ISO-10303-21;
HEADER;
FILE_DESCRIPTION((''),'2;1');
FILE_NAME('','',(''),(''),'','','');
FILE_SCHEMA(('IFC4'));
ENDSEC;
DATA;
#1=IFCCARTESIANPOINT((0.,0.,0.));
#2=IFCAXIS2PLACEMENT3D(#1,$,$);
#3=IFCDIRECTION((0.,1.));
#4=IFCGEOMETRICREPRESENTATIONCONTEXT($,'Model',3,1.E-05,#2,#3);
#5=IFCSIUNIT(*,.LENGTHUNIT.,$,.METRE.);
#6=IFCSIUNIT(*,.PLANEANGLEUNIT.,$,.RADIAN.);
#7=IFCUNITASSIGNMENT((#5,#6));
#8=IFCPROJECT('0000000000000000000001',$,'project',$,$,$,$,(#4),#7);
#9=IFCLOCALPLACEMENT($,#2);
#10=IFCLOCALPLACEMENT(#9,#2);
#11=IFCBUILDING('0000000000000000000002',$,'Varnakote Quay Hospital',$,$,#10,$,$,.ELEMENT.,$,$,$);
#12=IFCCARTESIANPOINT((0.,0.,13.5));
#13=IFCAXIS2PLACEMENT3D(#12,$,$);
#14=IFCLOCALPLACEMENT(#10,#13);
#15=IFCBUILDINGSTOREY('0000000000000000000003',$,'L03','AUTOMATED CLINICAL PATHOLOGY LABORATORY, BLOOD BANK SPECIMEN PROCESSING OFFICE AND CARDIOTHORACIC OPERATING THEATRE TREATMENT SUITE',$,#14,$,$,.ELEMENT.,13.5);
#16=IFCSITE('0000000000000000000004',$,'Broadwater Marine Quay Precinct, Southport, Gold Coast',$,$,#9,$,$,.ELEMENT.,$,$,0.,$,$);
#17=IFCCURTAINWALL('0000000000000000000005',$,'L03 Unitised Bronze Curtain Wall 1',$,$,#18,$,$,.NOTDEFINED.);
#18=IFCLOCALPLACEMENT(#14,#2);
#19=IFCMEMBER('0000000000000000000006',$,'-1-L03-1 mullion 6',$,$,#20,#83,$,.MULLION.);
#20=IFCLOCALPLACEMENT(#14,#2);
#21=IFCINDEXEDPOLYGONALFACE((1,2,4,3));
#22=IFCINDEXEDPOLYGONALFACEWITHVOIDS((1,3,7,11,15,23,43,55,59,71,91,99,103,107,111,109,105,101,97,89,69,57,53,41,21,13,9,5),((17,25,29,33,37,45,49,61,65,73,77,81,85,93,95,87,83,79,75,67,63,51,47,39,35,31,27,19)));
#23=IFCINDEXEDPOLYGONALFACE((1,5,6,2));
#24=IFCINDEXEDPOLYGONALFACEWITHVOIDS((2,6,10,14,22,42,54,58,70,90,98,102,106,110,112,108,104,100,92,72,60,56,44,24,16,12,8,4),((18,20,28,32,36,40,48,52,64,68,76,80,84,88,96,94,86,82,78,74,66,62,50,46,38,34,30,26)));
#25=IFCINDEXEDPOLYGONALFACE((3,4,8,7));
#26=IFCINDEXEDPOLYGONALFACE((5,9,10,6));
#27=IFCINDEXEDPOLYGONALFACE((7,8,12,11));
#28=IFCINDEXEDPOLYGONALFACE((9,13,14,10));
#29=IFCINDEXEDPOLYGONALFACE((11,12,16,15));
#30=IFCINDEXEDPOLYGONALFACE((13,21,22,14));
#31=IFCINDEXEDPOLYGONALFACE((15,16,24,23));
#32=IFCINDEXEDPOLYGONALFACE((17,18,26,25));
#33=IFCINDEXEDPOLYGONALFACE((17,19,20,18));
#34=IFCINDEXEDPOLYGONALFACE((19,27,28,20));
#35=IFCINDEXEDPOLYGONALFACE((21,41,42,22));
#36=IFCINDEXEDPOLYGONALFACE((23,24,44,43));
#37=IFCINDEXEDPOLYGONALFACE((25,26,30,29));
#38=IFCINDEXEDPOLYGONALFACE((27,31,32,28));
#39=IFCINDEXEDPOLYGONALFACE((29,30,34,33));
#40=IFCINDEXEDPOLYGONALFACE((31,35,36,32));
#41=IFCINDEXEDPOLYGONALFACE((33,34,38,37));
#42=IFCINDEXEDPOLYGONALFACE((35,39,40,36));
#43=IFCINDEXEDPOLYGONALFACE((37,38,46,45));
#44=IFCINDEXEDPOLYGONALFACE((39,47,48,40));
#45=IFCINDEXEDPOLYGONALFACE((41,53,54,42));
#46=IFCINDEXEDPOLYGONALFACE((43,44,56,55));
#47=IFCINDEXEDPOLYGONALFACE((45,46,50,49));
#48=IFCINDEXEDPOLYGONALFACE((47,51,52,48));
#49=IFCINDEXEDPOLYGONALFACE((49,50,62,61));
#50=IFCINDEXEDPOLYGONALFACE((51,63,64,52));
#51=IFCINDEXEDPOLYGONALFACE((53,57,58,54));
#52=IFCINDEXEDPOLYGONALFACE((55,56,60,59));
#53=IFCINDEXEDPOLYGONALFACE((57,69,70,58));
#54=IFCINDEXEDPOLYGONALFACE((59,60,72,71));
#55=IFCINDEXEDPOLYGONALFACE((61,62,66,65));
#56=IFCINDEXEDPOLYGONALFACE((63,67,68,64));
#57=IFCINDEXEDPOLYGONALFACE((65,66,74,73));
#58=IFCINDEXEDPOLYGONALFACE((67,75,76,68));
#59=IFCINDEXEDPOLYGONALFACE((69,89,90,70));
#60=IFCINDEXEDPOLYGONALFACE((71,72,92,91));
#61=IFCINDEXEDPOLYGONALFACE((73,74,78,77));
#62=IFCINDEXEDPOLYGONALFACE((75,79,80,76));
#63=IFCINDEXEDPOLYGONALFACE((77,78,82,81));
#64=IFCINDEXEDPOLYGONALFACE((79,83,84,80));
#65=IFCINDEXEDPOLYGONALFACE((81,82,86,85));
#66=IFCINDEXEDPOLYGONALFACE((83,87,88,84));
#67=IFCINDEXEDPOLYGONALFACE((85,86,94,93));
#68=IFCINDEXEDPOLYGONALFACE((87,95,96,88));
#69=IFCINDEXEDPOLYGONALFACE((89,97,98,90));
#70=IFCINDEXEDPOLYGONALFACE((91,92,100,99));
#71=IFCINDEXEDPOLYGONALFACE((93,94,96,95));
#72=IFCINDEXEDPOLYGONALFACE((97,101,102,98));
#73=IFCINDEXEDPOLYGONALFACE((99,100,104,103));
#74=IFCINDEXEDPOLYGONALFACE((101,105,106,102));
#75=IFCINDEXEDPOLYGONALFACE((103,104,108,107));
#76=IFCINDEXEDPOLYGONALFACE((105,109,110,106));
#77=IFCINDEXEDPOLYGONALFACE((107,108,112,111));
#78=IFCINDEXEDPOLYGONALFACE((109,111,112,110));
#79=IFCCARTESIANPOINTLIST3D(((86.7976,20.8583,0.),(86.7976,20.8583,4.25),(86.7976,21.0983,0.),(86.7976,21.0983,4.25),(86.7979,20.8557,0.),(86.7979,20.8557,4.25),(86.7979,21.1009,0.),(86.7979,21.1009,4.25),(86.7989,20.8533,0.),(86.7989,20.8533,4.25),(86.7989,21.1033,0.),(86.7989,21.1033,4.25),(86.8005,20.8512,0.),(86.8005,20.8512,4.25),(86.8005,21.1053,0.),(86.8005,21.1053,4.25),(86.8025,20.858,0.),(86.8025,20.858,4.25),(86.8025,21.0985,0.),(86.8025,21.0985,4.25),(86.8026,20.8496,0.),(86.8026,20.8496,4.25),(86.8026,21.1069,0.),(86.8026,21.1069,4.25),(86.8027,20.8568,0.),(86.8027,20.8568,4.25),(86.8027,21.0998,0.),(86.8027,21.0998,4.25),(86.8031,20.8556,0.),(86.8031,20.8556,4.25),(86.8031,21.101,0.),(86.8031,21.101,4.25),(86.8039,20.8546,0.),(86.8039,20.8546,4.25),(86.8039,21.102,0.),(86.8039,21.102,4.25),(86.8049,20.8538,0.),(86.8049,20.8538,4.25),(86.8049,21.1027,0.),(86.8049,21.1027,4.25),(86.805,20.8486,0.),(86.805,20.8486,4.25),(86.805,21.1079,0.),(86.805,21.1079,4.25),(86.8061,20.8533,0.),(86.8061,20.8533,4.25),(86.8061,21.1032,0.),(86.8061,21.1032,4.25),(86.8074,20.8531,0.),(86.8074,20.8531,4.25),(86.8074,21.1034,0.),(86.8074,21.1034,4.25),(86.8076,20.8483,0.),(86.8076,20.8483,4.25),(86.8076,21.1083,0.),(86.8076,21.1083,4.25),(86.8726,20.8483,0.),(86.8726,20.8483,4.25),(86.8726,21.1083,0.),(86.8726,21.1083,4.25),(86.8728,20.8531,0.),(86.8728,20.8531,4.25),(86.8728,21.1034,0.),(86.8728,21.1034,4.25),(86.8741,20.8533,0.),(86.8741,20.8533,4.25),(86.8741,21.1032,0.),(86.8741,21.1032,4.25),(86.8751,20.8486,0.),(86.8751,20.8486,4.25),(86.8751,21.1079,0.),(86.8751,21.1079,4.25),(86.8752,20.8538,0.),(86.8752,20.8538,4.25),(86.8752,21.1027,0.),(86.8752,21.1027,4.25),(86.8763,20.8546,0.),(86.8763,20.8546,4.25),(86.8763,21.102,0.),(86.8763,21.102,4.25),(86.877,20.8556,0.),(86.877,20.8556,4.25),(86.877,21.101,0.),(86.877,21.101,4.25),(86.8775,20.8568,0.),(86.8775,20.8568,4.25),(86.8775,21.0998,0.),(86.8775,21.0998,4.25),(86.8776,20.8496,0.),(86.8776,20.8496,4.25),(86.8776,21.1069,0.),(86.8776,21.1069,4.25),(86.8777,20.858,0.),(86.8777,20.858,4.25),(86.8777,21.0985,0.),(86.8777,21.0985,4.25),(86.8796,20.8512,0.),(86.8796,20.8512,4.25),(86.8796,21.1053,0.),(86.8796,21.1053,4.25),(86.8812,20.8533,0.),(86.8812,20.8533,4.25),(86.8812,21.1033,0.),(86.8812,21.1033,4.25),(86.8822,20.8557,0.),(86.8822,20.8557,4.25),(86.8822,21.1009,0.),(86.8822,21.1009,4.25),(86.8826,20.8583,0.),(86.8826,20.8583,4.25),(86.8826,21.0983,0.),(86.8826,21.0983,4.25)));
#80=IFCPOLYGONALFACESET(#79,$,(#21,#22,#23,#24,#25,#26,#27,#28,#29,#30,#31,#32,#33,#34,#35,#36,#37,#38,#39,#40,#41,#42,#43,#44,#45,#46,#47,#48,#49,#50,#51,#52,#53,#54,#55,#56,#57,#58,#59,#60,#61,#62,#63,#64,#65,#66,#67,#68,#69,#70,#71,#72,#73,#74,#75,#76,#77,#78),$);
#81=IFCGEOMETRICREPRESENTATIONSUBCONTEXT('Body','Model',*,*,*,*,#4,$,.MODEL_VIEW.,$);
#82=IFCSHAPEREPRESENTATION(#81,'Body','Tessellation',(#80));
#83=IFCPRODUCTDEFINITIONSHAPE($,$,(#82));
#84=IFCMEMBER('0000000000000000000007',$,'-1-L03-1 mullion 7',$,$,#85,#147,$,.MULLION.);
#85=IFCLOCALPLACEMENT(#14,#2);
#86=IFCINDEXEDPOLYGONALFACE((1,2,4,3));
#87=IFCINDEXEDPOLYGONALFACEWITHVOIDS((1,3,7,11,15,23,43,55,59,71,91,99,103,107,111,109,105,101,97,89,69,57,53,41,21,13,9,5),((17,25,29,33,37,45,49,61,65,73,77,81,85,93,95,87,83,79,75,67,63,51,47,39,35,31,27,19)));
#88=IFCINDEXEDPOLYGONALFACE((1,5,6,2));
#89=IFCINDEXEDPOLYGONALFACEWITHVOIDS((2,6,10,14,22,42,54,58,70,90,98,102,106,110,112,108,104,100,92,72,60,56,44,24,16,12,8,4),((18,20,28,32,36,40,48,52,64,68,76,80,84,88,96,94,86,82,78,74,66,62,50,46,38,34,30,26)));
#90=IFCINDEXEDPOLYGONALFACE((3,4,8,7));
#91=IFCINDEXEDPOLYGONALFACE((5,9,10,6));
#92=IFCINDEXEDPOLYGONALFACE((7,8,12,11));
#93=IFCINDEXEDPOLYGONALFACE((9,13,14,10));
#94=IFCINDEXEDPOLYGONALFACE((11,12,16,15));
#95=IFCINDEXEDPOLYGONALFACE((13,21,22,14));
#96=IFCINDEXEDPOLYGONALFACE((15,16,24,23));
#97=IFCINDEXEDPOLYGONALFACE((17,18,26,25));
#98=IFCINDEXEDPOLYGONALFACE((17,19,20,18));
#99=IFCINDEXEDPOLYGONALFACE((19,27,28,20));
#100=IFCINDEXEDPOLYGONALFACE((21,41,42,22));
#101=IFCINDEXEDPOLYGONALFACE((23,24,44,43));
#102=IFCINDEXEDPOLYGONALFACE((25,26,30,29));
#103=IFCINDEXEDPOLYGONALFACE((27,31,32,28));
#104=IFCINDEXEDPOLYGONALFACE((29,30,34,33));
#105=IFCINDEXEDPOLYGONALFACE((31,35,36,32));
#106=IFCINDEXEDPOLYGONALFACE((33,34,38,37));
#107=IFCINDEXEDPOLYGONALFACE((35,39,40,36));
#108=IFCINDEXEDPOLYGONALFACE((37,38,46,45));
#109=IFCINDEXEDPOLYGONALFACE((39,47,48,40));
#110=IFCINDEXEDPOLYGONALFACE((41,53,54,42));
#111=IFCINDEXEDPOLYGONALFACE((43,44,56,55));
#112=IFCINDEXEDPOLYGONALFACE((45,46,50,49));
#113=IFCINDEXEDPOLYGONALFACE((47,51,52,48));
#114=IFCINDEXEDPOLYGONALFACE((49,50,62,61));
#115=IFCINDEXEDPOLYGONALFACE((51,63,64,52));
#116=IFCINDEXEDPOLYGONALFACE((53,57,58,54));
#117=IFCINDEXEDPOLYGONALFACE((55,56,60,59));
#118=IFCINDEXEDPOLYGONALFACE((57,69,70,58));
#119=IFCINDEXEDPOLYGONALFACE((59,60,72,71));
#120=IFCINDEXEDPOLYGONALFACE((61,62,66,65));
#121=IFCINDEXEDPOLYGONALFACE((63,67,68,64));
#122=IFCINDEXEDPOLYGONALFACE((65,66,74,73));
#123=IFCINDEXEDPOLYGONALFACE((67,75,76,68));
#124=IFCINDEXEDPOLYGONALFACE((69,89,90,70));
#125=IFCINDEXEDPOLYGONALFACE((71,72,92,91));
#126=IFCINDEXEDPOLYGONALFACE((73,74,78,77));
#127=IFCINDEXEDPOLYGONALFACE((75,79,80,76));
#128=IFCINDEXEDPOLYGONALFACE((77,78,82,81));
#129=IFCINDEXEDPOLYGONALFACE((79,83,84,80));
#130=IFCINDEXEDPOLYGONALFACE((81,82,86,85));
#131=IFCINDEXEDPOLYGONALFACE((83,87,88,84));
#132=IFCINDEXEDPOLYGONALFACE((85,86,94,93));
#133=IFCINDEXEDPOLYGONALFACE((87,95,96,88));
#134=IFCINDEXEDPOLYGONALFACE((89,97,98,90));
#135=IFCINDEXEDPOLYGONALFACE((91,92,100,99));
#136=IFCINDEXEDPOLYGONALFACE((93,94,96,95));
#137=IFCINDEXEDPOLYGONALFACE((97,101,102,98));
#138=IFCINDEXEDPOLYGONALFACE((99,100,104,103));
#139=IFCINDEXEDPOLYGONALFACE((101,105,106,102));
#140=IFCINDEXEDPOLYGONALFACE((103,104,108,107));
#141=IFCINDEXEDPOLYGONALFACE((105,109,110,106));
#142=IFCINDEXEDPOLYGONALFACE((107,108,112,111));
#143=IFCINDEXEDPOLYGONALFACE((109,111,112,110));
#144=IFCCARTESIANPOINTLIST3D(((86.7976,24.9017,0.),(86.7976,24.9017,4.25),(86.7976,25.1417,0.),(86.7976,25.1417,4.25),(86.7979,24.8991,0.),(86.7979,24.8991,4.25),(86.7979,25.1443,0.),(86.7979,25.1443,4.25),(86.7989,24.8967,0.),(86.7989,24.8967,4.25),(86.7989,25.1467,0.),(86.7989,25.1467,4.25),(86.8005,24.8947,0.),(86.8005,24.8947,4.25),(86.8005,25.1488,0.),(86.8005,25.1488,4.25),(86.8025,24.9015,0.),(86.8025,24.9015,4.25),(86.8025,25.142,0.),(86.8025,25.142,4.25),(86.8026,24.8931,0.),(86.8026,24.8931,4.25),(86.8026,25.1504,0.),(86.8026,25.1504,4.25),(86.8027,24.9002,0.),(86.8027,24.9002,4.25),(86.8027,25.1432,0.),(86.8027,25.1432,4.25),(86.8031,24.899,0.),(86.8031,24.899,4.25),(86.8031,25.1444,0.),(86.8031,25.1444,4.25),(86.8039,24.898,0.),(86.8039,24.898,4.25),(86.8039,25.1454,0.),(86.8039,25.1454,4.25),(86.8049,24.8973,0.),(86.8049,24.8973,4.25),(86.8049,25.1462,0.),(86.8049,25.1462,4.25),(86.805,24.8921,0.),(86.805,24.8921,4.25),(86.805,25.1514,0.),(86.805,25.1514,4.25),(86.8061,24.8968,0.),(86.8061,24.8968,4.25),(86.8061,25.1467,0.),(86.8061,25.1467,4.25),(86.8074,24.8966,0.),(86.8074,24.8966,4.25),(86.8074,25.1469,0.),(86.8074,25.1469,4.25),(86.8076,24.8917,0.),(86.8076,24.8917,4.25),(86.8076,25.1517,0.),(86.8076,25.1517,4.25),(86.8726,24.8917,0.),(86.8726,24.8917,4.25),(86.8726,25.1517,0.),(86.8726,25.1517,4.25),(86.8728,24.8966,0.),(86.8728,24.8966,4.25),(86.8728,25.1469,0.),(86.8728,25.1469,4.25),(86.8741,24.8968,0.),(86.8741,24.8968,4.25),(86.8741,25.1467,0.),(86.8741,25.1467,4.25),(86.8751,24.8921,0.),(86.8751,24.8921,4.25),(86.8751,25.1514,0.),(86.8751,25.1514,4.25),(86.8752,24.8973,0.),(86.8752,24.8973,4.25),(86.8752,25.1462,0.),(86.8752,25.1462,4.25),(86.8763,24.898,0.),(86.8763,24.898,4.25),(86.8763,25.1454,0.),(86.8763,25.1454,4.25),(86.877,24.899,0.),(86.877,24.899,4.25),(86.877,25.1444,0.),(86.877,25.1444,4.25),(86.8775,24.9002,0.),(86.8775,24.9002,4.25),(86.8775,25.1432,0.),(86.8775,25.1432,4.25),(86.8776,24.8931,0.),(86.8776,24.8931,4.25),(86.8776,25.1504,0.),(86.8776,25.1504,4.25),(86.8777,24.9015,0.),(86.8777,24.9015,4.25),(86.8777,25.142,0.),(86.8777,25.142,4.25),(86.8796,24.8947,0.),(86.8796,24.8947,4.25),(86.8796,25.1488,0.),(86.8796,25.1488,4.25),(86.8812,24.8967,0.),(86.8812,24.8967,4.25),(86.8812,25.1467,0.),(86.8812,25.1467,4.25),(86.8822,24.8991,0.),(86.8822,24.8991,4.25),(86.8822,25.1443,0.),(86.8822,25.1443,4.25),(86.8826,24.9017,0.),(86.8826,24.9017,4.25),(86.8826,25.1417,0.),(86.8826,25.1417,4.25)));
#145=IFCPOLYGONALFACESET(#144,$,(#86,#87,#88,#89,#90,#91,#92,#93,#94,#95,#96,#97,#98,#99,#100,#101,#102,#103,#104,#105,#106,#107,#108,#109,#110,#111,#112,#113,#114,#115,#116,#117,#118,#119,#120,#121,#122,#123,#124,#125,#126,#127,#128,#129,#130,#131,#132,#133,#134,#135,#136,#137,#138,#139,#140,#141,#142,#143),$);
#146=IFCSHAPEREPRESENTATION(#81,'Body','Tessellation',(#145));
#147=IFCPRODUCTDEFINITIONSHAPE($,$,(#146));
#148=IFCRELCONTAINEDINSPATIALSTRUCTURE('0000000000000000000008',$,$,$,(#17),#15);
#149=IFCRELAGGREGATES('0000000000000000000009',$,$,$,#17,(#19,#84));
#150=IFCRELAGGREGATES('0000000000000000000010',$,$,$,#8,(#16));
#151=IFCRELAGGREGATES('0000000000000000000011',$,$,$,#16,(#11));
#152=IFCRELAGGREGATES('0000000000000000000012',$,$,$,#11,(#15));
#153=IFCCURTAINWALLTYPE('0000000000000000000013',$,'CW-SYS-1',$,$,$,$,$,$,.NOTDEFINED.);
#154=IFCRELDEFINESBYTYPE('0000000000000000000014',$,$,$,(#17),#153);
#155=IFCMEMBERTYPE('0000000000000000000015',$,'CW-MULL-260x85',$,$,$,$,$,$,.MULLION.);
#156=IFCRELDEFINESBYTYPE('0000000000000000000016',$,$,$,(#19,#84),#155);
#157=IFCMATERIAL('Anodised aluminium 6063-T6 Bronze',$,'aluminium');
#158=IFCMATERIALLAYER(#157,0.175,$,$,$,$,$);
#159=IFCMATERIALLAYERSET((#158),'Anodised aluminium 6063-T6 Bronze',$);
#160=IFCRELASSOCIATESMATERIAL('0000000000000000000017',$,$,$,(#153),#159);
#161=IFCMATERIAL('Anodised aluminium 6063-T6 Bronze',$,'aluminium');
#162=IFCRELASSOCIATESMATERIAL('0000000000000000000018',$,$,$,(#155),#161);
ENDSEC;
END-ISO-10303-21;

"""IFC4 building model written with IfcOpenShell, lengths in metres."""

from ifc_helpers import new_model, si_unit, direction, frame, origin, origin_2d, place, context, subcontext, project, spatial, hollow_rectangle, extrude, material, layer, layer_set, material_profile, profile_set, type_object, element, aggregate, save


model = new_model("IFC4")

# Units and contexts
model_context = context("Model", 3, precision=1e-05, world=origin(), true_north=direction((0.0, 1.0)))
body_context = subcontext(model_context, "Body", "Model", "MODEL_VIEW")
ifc_project = project(units=[si_unit("LENGTHUNIT", "METRE"), si_unit("PLANEANGLEUNIT", "RADIAN")], contexts=[model_context])

# Site, building, storey
site_placement = place(None, origin())
site = spatial("IfcSite", under=ifc_project, at=site_placement, Name="Broadwater Marine Quay Precinct, Southport, Gold Coast", CompositionType="ELEMENT", RefElevation=0.0)
building_placement = place(site_placement, origin())
building = spatial("IfcBuilding", under=site, at=building_placement, Name="Varnakote Quay Hospital", CompositionType="ELEMENT")
storey_placement = place(building_placement, frame((0.0, 0.0, 13.5)))
storey = spatial("IfcBuildingStorey", under=building, at=storey_placement, Name="L03", Description="AUTOMATED CLINICAL PATHOLOGY LABORATORY, BLOOD BANK SPECIMEN PROCESSING OFFICE AND CARDIOTHORACIC OPERATING THEATRE TREATMENT SUITE", CompositionType="ELEMENT", Elevation=13.5)

# Curtain wall, members
ifc_material_1 = material(Name="Anodised aluminium 6063-T6 Bronze", Category="aluminium")
ifc_layer_1 = layer(ifc_material_1, 0.175)
ifc_layer_set_1 = layer_set([ifc_layer_1], Name="Anodised aluminium 6063-T6 Bronze")
curtain_wall_type = type_object("IfcCurtainWallType", Name="CW-SYS-1", PredefinedType="NOTDEFINED", material=ifc_layer_set_1)
curtain_wall_placement = place(storey_placement, origin())
curtain_wall = element("IfcCurtainWall", 1, at=curtain_wall_placement, inside=storey, type_object=curtain_wall_type, Name="L03 Unitised Bronze Curtain Wall 1", PredefinedType="NOTDEFINED")
ifc_material_2 = material(Name="Anodised aluminium 6063-T6 Bronze", Category="aluminium")
ifc_material_profile_1 = material_profile(ifc_material_2, hollow_rectangle(XDim=0.085, YDim=0.26, WallThickness=0.0049, InnerFilletRadius=0.0049, OuterFilletRadius=0.01, at=origin_2d()), Name="CW-MULL-260x85")
ifc_profile_set_1 = profile_set([ifc_material_profile_1], Name="Anodised aluminium 6063-T6 Bronze")
member_type_1 = type_object("IfcMemberType", Name="CW-MULL-260x85", PredefinedType="MULLION", material=ifc_profile_set_1)
member_1_placement = place(storey_placement, frame((86.8401, 20.9783, 0.0), z_axis=(0.0, 0.0, 1.0), x_axis=(-1.0, 0.0, 0.0)))
member_1 = element("IfcMember", 2, at=member_1_placement, type_object=member_type_1, Name="-1-L03-1 mullion 6", PredefinedType="MULLION", context=body_context, shape_type="SweptSolid", body=[
    extrude(hollow_rectangle(XDim=0.085, YDim=0.26, WallThickness=0.0049, InnerFilletRadius=0.0049, OuterFilletRadius=0.01, at=origin_2d()), origin(), (0.0, 0.0, 1.0), 4.25),
])
member_2_placement = place(storey_placement, frame((86.8401, 25.0217, 0.0), z_axis=(0.0, 0.0, 1.0), x_axis=(-1.0, 0.0, 0.0)))
member_2 = element("IfcMember", 3, at=member_2_placement, type_object=member_type_1, Name="-1-L03-1 mullion 7", PredefinedType="MULLION", context=body_context, shape_type="SweptSolid", body=[
    extrude(hollow_rectangle(XDim=0.085, YDim=0.26, WallThickness=0.0049, InnerFilletRadius=0.0049, OuterFilletRadius=0.01, at=origin_2d()), origin(), (0.0, 0.0, 1.0), 4.25),
])
aggregate(curtain_wall, [member_1, member_2])

save(model, "model.ifc")
